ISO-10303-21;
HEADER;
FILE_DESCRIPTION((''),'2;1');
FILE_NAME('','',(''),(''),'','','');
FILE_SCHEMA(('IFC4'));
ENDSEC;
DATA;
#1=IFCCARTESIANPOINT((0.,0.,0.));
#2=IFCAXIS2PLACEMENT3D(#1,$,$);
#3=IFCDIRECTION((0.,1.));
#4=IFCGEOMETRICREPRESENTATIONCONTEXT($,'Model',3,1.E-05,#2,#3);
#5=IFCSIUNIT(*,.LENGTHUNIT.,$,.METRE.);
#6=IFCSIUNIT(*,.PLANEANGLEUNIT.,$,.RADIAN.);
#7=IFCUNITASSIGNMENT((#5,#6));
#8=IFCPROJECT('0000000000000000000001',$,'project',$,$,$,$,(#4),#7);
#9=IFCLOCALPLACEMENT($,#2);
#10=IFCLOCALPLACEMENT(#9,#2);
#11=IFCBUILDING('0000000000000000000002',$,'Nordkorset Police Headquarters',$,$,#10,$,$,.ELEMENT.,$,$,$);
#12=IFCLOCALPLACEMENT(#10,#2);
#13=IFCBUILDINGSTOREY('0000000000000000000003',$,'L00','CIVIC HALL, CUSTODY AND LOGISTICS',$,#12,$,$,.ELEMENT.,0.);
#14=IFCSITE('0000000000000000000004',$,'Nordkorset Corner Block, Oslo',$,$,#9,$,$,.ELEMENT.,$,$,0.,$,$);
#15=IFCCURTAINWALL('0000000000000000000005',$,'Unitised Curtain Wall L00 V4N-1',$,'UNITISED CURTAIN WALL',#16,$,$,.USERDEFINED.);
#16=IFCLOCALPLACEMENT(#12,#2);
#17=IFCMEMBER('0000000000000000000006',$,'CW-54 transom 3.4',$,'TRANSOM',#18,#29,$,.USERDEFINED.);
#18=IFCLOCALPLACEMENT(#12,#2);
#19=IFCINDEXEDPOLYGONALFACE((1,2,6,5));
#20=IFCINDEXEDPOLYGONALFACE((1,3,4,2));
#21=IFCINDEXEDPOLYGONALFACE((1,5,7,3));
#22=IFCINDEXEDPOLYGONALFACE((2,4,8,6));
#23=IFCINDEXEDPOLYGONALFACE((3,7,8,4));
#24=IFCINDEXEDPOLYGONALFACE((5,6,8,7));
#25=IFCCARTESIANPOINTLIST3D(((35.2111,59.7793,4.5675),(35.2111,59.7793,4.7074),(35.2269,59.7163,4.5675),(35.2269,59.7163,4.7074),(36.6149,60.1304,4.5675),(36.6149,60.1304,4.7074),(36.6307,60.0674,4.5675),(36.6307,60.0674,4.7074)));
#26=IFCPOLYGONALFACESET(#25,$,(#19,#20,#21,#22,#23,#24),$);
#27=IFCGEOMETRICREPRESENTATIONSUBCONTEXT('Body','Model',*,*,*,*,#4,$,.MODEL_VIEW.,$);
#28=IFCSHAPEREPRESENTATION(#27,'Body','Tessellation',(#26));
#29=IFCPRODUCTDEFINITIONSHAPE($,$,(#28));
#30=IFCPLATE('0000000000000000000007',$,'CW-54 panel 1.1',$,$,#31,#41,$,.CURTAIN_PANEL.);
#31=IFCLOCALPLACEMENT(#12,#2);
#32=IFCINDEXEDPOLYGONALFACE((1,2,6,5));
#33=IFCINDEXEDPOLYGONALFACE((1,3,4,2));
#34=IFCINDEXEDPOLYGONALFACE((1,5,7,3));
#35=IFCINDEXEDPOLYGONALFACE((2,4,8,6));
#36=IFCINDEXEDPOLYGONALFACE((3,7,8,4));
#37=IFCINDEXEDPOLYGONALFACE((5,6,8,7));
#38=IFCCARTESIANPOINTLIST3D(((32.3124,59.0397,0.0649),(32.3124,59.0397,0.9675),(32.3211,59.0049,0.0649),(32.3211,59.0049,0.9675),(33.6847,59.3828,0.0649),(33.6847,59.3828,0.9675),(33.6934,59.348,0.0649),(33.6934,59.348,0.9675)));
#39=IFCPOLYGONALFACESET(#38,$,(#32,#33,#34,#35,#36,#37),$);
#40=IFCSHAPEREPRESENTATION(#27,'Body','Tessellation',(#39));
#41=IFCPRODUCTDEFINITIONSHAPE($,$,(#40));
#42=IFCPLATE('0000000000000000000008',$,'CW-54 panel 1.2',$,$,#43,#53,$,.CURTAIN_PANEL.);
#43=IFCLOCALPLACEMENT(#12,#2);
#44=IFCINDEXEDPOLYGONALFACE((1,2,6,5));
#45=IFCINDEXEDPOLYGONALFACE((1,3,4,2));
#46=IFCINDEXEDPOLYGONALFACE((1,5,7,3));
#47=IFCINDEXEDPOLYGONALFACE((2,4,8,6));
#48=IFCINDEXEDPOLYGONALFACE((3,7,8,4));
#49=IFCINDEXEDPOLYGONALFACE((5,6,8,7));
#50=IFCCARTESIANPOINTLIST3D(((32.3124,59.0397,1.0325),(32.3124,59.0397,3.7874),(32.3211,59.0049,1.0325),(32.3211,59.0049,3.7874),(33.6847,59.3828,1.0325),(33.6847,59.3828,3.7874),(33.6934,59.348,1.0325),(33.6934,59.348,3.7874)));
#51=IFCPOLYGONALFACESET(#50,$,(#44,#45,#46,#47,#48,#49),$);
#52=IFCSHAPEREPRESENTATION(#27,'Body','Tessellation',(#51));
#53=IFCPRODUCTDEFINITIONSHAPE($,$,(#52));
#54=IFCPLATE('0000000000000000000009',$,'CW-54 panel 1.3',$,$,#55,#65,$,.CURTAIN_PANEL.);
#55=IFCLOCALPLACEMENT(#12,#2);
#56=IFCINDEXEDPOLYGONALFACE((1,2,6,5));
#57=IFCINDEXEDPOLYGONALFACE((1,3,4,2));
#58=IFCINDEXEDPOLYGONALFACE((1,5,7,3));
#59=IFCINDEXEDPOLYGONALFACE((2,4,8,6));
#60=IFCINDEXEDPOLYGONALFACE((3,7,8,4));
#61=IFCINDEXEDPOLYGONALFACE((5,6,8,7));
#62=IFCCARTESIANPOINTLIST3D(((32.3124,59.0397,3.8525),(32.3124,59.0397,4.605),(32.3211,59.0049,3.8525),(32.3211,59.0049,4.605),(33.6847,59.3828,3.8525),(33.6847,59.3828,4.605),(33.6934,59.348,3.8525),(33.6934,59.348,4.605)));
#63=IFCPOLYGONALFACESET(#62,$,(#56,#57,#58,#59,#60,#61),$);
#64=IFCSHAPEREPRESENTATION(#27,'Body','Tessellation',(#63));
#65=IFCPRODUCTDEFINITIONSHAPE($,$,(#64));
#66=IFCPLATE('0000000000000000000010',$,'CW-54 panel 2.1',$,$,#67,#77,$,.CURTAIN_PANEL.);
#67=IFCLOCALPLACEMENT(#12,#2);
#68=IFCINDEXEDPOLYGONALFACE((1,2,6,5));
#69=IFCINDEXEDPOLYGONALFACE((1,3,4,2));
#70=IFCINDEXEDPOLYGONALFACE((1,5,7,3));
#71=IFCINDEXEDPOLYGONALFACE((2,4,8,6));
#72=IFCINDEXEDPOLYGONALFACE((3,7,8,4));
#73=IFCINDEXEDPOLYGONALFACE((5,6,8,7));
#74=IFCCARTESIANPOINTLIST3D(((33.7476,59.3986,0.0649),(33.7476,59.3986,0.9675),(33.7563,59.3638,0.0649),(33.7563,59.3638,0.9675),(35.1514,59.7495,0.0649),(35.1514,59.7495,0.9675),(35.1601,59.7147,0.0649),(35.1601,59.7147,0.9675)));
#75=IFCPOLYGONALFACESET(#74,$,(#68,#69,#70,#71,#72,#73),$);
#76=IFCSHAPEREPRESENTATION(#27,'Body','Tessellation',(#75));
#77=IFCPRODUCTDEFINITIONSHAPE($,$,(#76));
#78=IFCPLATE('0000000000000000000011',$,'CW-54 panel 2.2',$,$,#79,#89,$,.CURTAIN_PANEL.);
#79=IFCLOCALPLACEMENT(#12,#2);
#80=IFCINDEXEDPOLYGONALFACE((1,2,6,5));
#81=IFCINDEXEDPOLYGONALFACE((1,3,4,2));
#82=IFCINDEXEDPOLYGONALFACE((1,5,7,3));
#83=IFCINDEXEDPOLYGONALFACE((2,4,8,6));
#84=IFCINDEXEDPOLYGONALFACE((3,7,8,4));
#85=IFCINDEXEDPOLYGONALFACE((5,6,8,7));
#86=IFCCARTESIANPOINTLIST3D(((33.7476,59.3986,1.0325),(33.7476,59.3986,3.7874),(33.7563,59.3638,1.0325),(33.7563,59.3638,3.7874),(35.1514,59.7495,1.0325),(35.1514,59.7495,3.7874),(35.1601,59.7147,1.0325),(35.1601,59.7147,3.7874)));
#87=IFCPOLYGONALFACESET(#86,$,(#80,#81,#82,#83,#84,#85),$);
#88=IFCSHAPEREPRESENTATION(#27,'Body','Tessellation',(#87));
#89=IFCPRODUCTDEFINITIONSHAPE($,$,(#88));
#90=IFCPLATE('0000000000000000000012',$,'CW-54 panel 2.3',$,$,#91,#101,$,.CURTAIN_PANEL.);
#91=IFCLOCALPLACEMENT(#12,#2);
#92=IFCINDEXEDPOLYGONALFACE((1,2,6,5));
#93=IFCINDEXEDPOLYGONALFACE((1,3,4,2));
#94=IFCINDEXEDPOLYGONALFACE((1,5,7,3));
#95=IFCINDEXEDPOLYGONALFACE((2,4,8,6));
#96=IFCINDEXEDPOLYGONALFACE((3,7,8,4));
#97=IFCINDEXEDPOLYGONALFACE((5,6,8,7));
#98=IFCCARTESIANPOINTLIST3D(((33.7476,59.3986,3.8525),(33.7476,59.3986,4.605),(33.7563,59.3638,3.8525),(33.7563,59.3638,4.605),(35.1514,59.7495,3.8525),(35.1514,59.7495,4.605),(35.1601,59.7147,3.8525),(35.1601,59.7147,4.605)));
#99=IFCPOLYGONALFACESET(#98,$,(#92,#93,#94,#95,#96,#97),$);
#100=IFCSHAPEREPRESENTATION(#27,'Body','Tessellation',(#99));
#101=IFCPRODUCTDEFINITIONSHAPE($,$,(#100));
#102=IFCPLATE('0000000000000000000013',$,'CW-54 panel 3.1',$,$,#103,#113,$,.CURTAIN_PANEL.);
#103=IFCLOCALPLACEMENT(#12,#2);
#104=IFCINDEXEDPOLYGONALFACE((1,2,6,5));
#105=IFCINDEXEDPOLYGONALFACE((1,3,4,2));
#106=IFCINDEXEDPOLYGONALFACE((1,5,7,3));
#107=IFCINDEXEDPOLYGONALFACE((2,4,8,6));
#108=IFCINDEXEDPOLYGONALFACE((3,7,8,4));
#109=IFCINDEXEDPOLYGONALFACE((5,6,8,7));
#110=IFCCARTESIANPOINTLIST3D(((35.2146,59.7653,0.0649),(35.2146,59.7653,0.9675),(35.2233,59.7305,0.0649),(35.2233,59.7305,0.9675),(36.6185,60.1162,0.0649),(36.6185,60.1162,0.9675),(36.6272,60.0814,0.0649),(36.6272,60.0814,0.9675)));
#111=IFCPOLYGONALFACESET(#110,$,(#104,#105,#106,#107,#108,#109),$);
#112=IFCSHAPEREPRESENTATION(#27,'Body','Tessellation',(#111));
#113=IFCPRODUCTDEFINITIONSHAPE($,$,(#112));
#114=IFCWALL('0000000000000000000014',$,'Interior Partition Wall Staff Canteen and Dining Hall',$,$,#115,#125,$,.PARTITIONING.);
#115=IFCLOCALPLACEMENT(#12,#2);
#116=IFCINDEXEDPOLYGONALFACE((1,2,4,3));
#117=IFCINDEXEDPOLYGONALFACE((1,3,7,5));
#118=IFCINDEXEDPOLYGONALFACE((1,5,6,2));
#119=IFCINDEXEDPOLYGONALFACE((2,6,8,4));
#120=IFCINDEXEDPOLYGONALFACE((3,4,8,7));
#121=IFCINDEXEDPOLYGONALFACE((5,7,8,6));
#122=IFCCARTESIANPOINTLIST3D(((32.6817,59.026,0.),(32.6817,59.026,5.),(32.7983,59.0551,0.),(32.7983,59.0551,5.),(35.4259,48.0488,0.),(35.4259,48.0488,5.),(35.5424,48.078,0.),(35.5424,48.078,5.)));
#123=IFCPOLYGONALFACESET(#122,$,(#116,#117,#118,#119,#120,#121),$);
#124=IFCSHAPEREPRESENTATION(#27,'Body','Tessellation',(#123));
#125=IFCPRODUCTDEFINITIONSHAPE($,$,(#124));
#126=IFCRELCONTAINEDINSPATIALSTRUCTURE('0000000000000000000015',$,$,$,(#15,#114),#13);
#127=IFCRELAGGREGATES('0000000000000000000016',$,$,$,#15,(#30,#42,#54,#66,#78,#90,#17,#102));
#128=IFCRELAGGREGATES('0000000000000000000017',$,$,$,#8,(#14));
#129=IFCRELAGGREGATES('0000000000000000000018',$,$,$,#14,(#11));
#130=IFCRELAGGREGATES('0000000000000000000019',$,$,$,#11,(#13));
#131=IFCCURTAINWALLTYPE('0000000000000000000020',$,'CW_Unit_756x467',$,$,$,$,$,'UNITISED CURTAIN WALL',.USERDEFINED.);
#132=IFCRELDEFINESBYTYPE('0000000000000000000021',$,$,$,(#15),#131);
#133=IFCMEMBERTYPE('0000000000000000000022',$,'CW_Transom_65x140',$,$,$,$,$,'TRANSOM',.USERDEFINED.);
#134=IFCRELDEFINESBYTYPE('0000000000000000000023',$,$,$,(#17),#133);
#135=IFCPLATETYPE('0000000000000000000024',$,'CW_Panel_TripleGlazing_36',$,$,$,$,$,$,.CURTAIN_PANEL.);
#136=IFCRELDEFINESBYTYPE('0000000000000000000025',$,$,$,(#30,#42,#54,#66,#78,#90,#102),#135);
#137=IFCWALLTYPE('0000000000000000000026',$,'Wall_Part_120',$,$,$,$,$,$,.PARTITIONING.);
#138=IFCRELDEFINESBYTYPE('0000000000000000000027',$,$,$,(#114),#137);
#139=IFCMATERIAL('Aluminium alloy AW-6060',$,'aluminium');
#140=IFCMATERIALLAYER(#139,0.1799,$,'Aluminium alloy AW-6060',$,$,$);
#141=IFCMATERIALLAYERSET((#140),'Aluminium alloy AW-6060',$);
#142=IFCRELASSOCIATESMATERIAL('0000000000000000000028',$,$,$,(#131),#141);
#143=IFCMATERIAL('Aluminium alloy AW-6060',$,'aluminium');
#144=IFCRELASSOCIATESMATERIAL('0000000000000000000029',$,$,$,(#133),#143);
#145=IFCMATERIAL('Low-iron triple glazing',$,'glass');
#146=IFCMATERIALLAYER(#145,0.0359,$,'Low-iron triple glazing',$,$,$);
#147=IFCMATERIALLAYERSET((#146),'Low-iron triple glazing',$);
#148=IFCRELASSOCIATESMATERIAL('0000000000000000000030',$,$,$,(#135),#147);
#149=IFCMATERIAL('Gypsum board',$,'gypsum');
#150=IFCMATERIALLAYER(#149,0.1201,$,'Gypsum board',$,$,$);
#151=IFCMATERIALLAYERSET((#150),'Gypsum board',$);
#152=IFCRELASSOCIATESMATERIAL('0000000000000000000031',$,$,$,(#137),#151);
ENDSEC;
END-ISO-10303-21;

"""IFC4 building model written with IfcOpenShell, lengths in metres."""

from ifc_helpers import new_model, si_unit, direction, frame, frame_2d, origin, origin_2d, place, context, subcontext, project, spatial, rectangle, extrude, material, layer, layer_set, material_profile, profile_set, type_object, element, aggregate, save


model = new_model("IFC4")

# Units and contexts
model_context = context("Model", 3, precision=1e-05, world=origin(), true_north=direction((0.0, 1.0)))
body_context = subcontext(model_context, "Body", "Model", "MODEL_VIEW")
ifc_project = project(units=[si_unit("LENGTHUNIT", "METRE"), si_unit("PLANEANGLEUNIT", "RADIAN")], contexts=[model_context])

# Site, building, storey
site_placement = place(None, origin())
site = spatial("IfcSite", under=ifc_project, at=site_placement, Name="Nordkorset Corner Block, Oslo", CompositionType="ELEMENT", RefElevation=0.0)
building_placement = place(site_placement, origin())
building = spatial("IfcBuilding", under=site, at=building_placement, Name="Nordkorset Police Headquarters", CompositionType="ELEMENT")
storey_placement = place(building_placement, origin())
storey = spatial("IfcBuildingStorey", under=building, at=storey_placement, Name="L00", Description="CIVIC HALL, CUSTODY AND LOGISTICS", CompositionType="ELEMENT", Elevation=0.0)

# Curtain wall, member, plates
ifc_material_1 = material(Name="Aluminium alloy AW-6060", Category="aluminium")
ifc_layer_1 = layer(ifc_material_1, 0.1799, Name="Aluminium alloy AW-6060")
ifc_layer_set_1 = layer_set([ifc_layer_1], Name="Aluminium alloy AW-6060")
curtain_wall_type = type_object("IfcCurtainWallType", Name="CW_Unit_756x467", ElementType="UNITISED CURTAIN WALL", PredefinedType="USERDEFINED", material=ifc_layer_set_1)
curtain_wall_placement = place(storey_placement, origin())
curtain_wall = element("IfcCurtainWall", 1, at=curtain_wall_placement, inside=storey, type_object=curtain_wall_type, Name="Unitised Curtain Wall L00 V4N-1", ObjectType="UNITISED CURTAIN WALL", PredefinedType="USERDEFINED")
ifc_material_2 = material(Name="Aluminium alloy AW-6060", Category="aluminium")
ifc_material_profile_1 = material_profile(ifc_material_2, rectangle(XDim=0.0649, YDim=0.1399, at=origin_2d()), Name="ALU TRAN 65x140")
ifc_profile_set_1 = profile_set([ifc_material_profile_1], Name="Aluminium alloy AW-6060")
member_type_1 = type_object("IfcMemberType", Name="CW_Transom_65x140", ElementType="TRANSOM", PredefinedType="USERDEFINED", material=ifc_profile_set_1)
member_1_placement = place(storey_placement, frame((35.219, 59.7478, 4.6375), z_axis=(0.970123, 0.242615, 0.0), x_axis=(-0.242615, 0.970123, 0.0)))
member_1 = element("IfcMember", 2, at=member_1_placement, type_object=member_type_1, Name="CW-54 transom 3.4", ObjectType="TRANSOM", PredefinedType="USERDEFINED", context=body_context, shape_type="SweptSolid", body=[
    extrude(rectangle(XDim=0.0649, YDim=0.1399, at=origin_2d()), origin(), (0.0, 0.0, 1.0), 1.447),
])
ifc_material_3 = material(Name="Low-iron triple glazing", Category="glass")
ifc_layer_2 = layer(ifc_material_3, 0.0359, Name="Low-iron triple glazing")
ifc_layer_set_2 = layer_set([ifc_layer_2], Name="Low-iron triple glazing")
plate_type = type_object("IfcPlateType", Name="CW_Panel_TripleGlazing_36", PredefinedType="CURTAIN_PANEL", material=ifc_layer_set_2)
plate_1_placement = place(storey_placement, frame((33.0029, 59.1938, 0.0649), z_axis=(0.0, 0.0, 1.0), x_axis=(0.970143, 0.242536, 0.0)))
plate_1 = element("IfcPlate", 3, at=plate_1_placement, type_object=plate_type, Name="CW-54 panel 1.1", PredefinedType="CURTAIN_PANEL", context=body_context, shape_type="SweptSolid", body=[
    extrude(rectangle(XDim=1.4146, YDim=0.0359, at=origin_2d()), origin(), (0.0, 0.0, 1.0), 0.9026),
])
plate_2_placement = place(storey_placement, frame((33.0029, 59.1938, 1.0325), z_axis=(0.0, 0.0, 1.0), x_axis=(0.970143, 0.242536, 0.0)))
plate_2 = element("IfcPlate", 4, at=plate_2_placement, type_object=plate_type, Name="CW-54 panel 1.2", PredefinedType="CURTAIN_PANEL", context=body_context, shape_type="SweptSolid", body=[
    extrude(rectangle(XDim=1.4146, YDim=0.0359, at=origin_2d()), origin(), (0.0, 0.0, 1.0), 2.7549),
])
plate_3_placement = place(storey_placement, frame((33.0029, 59.1938, 3.8525), z_axis=(0.0, 0.0, 1.0), x_axis=(0.970143, 0.242536, 0.0)))
plate_3 = element("IfcPlate", 5, at=plate_3_placement, type_object=plate_type, Name="CW-54 panel 1.3", PredefinedType="CURTAIN_PANEL", context=body_context, shape_type="SweptSolid", body=[
    extrude(rectangle(XDim=1.4146, YDim=0.0359, at=origin_2d()), origin(), (0.0, 0.0, 1.0), 0.7524),
])
plate_4_placement = place(storey_placement, frame((34.4539, 59.5566, 0.0649), z_axis=(0.0, 0.0, 1.0), x_axis=(0.970143, 0.242536, 0.0)))
plate_4 = element("IfcPlate", 6, at=plate_4_placement, type_object=plate_type, Name="CW-54 panel 2.1", PredefinedType="CURTAIN_PANEL", context=body_context, shape_type="SweptSolid", body=[
    extrude(rectangle(XDim=1.447, YDim=0.0359, at=origin_2d()), origin(), (0.0, 0.0, 1.0), 0.9026),
])
plate_5_placement = place(storey_placement, frame((34.4539, 59.5566, 1.0325), z_axis=(0.0, 0.0, 1.0), x_axis=(0.970143, 0.242536, 0.0)))
plate_5 = element("IfcPlate", 7, at=plate_5_placement, type_object=plate_type, Name="CW-54 panel 2.2", PredefinedType="CURTAIN_PANEL", context=body_context, shape_type="SweptSolid", body=[
    extrude(rectangle(XDim=1.447, YDim=0.0359, at=origin_2d()), origin(), (0.0, 0.0, 1.0), 2.7549),
])
plate_6_placement = place(storey_placement, frame((34.4539, 59.5566, 3.8525), z_axis=(0.0, 0.0, 1.0), x_axis=(0.970143, 0.242536, 0.0)))
plate_6 = element("IfcPlate", 8, at=plate_6_placement, type_object=plate_type, Name="CW-54 panel 2.3", PredefinedType="CURTAIN_PANEL", context=body_context, shape_type="SweptSolid", body=[
    extrude(rectangle(XDim=1.447, YDim=0.0359, at=origin_2d()), origin(), (0.0, 0.0, 1.0), 0.7524),
])
plate_7_placement = place(storey_placement, frame((35.9209, 59.9233, 0.0649), z_axis=(0.0, 0.0, 1.0), x_axis=(0.970143, 0.242536, 0.0)))
plate_7 = element("IfcPlate", 9, at=plate_7_placement, type_object=plate_type, Name="CW-54 panel 3.1", PredefinedType="CURTAIN_PANEL", context=body_context, shape_type="SweptSolid", body=[
    extrude(rectangle(XDim=1.447, YDim=0.0359, at=origin_2d()), origin(), (0.0, 0.0, 1.0), 0.9026),
])
aggregate(curtain_wall, [plate_1, plate_2, plate_3, plate_4, plate_5, plate_6, member_1, plate_7])

# Wall
ifc_material_4 = material(Name="Gypsum board", Category="gypsum")
ifc_layer_3 = layer(ifc_material_4, 0.1201, Name="Gypsum board")
ifc_layer_set_3 = layer_set([ifc_layer_3], Name="Gypsum board")
wall_type = type_object("IfcWallType", Name="Wall_Part_120", PredefinedType="PARTITIONING", material=ifc_layer_set_3)
wall_placement = place(storey_placement, frame((32.74, 59.0405, 0.0), z_axis=(0.0, 0.0, 1.0), x_axis=(0.242525, -0.970145, 0.0)))
element("IfcWall", 10, at=wall_placement, inside=storey, type_object=wall_type, Name="Interior Partition Wall Staff Canteen and Dining Hall", PredefinedType="PARTITIONING", context=body_context, shape_type="SweptSolid", body=[
    extrude(rectangle(XDim=11.3149, YDim=0.1201, at=frame_2d((5.6575, 0.0))), origin(), (0.0, 0.0, 1.0), 5.0),
])

save(model, "model.ifc")
